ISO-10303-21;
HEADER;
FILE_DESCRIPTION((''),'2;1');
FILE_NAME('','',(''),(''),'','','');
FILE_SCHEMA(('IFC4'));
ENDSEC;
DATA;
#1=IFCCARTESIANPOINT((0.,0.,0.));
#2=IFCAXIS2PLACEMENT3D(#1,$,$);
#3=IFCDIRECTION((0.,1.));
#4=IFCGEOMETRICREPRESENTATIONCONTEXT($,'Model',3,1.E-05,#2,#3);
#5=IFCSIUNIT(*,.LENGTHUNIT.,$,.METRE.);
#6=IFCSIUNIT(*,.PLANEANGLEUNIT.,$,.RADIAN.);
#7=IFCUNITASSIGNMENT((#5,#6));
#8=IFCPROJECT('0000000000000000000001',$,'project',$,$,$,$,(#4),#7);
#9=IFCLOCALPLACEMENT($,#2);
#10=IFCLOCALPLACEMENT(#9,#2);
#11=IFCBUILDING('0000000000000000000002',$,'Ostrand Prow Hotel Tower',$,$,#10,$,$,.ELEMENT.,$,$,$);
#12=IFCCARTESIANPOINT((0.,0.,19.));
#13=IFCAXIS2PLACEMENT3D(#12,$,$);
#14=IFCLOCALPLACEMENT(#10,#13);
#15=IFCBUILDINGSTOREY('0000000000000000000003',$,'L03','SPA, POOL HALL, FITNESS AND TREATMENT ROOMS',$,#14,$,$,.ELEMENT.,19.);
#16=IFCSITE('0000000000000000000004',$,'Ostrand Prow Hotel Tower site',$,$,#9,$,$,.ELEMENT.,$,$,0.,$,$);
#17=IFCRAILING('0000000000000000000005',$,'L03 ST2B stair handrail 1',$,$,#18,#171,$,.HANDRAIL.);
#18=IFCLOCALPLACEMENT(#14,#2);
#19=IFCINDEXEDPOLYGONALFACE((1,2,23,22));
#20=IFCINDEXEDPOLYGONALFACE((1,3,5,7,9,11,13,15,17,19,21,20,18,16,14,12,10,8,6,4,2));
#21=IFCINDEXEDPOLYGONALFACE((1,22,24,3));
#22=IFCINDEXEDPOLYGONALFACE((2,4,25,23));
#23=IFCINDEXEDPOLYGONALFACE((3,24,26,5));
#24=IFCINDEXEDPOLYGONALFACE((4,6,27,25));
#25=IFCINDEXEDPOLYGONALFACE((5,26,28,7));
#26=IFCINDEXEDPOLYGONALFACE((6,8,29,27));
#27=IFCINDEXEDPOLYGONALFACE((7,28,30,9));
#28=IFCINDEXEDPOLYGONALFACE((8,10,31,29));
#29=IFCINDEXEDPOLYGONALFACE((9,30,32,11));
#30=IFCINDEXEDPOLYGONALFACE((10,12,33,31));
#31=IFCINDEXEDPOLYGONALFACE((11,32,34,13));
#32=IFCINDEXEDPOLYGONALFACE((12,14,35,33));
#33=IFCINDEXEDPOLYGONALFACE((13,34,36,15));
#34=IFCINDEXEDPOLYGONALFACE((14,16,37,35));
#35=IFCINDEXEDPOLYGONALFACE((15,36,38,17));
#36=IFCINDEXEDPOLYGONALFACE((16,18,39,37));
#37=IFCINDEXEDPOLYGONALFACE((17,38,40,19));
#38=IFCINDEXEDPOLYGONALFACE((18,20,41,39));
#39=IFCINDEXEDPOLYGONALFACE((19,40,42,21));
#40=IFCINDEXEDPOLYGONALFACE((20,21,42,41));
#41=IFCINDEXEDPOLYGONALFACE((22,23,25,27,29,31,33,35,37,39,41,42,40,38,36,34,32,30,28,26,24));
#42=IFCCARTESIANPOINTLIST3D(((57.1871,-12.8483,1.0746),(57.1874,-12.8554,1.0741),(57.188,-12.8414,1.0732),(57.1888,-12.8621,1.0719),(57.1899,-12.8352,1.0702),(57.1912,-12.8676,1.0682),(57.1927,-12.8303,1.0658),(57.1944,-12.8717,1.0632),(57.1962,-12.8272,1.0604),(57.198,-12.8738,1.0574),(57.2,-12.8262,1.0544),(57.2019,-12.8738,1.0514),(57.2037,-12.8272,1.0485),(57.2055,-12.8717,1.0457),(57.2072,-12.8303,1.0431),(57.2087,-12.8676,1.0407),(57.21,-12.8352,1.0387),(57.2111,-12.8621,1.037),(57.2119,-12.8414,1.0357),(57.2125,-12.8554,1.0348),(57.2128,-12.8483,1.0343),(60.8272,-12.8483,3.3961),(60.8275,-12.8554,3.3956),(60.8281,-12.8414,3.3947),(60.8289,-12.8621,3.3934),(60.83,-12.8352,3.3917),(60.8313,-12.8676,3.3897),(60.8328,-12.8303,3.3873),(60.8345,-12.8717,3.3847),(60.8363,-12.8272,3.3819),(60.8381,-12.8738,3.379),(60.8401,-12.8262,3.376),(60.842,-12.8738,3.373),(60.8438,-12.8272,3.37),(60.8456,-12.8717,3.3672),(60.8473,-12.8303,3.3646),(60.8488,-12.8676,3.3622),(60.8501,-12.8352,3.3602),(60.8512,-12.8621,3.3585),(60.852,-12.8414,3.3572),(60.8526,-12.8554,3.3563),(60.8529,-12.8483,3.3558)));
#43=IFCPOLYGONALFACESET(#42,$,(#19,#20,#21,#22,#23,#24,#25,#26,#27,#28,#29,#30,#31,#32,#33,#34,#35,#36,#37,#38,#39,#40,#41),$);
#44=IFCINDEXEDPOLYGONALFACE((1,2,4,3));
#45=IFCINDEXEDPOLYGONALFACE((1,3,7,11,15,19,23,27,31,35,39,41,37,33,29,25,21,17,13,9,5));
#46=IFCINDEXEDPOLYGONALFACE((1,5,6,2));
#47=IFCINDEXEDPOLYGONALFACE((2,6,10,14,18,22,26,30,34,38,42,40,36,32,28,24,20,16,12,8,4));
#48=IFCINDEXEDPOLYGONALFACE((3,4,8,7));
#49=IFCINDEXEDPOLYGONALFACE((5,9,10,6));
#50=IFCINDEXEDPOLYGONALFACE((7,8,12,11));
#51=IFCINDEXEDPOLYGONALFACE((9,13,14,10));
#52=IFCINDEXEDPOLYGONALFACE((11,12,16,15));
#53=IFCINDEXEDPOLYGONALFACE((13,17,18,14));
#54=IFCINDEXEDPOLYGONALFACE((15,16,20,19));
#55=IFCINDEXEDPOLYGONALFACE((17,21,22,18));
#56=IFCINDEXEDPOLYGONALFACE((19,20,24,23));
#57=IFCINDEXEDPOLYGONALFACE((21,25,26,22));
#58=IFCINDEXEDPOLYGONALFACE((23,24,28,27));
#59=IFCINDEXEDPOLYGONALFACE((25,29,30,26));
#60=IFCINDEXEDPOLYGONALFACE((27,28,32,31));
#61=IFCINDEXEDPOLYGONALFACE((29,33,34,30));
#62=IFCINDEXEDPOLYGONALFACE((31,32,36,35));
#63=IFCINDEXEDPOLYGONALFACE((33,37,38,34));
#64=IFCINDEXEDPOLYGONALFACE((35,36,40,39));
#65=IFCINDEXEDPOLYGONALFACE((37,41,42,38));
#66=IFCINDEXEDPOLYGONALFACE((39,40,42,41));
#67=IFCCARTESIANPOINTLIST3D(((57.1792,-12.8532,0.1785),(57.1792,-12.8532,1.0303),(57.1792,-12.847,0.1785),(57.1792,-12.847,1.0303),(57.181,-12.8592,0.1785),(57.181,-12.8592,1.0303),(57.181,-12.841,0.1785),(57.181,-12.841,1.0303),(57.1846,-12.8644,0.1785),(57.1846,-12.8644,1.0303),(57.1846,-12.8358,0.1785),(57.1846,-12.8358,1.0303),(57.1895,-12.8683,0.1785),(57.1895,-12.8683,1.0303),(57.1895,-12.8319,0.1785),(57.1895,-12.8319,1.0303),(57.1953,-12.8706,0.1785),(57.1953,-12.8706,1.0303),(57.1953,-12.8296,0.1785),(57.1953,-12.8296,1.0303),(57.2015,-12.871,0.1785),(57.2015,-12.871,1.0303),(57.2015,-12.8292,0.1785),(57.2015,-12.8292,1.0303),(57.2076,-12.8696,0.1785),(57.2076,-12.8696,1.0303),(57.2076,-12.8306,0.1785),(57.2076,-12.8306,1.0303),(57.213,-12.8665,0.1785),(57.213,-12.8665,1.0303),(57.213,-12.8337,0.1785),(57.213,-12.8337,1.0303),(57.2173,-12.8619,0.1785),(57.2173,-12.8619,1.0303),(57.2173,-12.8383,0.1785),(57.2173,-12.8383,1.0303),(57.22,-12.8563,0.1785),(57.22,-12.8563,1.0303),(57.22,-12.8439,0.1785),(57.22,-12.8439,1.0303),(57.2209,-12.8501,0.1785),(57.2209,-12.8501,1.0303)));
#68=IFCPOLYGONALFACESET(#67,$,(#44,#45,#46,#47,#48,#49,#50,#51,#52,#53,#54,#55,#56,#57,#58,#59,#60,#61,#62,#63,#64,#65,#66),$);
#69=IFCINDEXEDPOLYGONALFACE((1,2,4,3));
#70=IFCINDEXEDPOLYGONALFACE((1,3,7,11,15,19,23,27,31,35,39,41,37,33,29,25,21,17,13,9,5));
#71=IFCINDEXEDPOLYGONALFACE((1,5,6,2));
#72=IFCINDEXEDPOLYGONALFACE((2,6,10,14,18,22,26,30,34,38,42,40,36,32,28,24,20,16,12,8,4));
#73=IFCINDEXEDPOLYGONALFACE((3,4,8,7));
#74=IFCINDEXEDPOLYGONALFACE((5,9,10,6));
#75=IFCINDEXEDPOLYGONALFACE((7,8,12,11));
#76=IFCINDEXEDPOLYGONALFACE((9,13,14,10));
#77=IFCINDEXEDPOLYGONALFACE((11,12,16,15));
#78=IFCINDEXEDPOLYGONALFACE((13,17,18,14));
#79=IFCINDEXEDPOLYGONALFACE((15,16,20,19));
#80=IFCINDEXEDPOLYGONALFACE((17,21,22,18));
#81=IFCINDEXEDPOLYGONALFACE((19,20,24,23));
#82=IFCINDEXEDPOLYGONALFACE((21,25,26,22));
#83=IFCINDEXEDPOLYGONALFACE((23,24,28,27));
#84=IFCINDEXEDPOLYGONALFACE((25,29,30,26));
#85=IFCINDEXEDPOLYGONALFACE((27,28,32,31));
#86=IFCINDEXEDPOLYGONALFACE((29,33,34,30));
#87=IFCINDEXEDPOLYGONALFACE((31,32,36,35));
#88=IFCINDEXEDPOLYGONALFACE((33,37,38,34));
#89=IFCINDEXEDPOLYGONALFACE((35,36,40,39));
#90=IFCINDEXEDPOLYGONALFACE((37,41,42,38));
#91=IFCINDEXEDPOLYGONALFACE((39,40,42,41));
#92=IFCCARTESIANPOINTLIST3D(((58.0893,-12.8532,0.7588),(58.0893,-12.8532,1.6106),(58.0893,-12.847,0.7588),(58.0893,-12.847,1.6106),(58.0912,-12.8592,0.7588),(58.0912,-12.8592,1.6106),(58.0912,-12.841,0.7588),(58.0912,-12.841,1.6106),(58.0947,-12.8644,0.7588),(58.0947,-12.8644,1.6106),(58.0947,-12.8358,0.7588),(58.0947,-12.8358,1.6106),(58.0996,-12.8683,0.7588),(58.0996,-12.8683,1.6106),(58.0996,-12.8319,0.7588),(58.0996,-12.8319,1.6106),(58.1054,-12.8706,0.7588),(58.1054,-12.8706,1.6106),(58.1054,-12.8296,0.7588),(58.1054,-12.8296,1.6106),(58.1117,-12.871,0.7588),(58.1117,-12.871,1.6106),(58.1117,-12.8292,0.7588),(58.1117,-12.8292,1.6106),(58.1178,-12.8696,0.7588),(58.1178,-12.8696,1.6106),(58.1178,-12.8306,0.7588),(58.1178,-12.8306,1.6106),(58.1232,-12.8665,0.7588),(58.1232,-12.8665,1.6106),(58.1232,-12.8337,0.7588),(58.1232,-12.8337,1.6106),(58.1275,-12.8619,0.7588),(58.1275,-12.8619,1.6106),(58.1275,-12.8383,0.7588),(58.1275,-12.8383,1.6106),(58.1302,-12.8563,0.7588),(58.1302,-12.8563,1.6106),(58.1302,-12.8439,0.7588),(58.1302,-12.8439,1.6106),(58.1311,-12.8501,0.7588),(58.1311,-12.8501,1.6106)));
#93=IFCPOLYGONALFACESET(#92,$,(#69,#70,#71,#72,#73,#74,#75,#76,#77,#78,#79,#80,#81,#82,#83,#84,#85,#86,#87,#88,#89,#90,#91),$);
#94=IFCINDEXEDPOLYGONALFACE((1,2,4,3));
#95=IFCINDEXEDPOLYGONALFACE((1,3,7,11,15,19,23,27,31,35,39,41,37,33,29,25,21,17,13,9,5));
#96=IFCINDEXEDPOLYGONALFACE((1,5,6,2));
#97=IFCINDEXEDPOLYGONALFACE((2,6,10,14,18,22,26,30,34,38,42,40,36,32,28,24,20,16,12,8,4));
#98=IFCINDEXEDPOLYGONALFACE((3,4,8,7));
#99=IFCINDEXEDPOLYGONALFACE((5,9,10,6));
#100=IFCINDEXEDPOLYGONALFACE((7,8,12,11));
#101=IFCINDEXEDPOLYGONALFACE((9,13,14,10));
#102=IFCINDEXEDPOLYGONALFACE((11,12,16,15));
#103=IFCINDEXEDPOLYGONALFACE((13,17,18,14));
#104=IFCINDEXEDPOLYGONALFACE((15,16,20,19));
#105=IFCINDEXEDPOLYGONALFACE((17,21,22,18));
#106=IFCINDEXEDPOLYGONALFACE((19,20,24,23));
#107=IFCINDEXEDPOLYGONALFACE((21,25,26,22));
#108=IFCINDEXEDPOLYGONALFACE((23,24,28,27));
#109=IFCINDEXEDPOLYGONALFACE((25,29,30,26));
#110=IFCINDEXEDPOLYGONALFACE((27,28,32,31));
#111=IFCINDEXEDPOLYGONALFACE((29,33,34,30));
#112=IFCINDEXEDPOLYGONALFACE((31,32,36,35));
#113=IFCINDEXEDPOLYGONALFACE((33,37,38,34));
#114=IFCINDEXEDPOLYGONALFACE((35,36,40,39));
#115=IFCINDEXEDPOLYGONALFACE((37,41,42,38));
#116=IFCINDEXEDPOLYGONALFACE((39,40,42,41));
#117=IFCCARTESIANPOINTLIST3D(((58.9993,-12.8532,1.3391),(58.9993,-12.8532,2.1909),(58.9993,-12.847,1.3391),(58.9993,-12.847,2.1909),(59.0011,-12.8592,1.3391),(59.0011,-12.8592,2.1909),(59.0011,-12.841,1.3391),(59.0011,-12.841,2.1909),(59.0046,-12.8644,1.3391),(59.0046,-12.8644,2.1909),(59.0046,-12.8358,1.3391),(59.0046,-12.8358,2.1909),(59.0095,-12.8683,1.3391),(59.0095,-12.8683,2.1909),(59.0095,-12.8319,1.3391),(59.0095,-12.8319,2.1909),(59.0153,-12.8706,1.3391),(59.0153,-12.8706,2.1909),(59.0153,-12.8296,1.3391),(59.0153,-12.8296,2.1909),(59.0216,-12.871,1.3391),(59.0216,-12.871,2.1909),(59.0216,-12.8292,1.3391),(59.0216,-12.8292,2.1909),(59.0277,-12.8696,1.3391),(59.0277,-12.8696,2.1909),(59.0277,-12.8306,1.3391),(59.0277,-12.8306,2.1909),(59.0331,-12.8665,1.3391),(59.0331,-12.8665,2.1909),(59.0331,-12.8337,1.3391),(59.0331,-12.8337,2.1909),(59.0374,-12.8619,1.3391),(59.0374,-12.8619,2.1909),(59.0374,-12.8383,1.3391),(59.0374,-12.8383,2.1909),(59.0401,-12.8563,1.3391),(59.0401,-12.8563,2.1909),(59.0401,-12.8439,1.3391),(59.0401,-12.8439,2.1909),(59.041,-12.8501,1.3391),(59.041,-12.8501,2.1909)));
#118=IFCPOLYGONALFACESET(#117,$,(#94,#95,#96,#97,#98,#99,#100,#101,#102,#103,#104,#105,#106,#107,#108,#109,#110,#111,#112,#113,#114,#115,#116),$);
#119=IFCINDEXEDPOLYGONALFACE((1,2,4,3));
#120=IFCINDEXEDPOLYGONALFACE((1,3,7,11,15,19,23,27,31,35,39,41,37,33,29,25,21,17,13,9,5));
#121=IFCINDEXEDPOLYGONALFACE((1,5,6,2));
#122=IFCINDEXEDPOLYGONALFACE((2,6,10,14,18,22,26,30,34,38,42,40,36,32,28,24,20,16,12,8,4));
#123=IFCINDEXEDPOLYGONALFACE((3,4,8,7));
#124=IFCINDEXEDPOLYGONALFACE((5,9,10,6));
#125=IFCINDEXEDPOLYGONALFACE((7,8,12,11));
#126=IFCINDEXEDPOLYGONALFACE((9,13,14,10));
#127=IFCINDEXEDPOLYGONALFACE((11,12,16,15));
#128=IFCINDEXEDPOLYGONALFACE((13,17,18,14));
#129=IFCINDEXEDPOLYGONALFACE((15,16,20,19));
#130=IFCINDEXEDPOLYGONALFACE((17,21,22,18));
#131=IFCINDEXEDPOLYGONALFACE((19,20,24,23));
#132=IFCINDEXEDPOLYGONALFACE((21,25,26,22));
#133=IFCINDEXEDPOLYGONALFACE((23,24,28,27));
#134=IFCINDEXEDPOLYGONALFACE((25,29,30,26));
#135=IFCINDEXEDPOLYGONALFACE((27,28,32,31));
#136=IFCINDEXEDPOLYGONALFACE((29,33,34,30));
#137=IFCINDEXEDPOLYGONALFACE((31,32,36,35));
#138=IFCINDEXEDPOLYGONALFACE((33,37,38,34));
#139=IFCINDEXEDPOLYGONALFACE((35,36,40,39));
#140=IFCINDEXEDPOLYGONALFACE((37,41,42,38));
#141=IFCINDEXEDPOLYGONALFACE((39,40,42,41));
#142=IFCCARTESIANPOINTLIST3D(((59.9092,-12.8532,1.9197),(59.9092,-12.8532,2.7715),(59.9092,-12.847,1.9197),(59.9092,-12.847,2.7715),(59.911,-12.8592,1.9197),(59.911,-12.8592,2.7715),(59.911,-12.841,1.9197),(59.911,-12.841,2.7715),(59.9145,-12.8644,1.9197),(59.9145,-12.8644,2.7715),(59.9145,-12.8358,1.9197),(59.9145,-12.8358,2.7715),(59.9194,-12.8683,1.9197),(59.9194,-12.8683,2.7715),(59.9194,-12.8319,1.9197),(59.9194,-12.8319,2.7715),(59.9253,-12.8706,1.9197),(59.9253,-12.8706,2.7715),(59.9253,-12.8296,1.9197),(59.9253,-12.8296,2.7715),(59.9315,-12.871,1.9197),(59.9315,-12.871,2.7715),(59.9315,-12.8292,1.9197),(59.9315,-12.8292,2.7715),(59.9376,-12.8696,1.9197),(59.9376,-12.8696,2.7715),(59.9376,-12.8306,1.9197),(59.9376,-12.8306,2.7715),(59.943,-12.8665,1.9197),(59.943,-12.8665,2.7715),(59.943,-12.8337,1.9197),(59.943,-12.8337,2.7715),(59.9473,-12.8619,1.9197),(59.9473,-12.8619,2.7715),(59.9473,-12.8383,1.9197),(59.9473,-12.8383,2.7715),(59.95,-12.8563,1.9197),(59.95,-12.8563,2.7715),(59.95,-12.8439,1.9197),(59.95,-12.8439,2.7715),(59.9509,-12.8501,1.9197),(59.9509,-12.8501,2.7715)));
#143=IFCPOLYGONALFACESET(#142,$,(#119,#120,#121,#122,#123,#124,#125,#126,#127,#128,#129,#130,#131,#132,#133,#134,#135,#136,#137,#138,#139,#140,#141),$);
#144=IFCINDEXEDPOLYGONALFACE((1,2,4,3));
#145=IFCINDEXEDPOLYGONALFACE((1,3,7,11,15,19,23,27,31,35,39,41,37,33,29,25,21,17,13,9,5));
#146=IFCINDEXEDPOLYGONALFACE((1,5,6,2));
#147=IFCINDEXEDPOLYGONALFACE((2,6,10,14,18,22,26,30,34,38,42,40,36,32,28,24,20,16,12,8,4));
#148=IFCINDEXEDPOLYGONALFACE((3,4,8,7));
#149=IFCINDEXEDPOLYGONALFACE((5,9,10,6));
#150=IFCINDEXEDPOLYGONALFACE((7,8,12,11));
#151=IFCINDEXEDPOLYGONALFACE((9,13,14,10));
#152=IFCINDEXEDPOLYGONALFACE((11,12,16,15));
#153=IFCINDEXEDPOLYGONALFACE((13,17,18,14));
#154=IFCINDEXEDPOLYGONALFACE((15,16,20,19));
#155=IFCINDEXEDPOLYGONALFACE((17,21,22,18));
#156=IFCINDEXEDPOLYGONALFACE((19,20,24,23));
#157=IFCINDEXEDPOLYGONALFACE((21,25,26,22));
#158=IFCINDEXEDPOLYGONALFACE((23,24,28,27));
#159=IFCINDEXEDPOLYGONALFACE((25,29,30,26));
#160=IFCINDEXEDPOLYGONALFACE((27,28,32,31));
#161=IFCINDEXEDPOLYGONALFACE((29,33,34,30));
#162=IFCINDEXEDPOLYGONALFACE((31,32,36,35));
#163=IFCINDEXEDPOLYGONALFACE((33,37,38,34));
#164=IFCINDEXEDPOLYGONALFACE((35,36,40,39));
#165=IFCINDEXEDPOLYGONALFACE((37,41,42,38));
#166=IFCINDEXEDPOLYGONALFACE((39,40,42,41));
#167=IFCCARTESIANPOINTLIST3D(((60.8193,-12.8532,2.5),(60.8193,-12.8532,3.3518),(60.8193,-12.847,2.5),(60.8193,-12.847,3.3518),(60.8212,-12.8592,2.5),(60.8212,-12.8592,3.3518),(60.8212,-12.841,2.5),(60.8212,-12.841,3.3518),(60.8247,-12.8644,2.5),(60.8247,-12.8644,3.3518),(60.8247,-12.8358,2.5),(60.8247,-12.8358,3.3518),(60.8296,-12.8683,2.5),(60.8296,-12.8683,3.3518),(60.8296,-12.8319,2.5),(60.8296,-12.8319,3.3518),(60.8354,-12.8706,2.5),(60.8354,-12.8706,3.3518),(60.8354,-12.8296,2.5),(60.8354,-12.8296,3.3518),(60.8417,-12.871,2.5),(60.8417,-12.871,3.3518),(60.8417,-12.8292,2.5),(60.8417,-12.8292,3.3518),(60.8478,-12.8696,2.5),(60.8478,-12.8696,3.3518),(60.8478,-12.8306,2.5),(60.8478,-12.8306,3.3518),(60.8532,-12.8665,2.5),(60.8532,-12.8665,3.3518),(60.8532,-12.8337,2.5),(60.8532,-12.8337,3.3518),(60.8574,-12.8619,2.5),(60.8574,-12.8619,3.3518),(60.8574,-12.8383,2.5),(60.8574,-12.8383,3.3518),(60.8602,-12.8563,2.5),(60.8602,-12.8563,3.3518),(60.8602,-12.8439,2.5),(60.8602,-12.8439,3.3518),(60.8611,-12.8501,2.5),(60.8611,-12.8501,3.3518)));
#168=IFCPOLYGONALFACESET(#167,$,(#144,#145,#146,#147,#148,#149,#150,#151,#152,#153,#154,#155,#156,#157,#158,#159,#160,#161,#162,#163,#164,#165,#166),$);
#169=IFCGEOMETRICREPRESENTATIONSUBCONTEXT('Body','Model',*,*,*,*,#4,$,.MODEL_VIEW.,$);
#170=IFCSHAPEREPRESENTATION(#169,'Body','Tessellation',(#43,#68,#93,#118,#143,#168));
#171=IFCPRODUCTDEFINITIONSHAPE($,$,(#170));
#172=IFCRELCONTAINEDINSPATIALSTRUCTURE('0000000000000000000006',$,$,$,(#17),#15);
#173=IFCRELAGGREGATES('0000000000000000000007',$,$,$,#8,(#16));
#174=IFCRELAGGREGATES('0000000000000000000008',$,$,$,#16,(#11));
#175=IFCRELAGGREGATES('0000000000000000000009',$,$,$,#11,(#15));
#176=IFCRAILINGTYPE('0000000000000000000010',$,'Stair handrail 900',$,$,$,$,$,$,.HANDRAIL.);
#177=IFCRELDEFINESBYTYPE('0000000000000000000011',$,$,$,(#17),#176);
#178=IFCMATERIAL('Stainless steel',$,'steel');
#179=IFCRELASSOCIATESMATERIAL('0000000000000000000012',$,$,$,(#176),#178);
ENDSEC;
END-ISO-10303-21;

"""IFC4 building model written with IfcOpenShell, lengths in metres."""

from ifc_helpers import new_model, si_unit, direction, frame, origin, origin_2d, place, context, subcontext, project, spatial, circle, extrude, material, type_object, element, save


model = new_model("IFC4")

# Units and contexts
model_context = context("Model", 3, precision=1e-05, world=origin(), true_north=direction((0.0, 1.0)))
body_context = subcontext(model_context, "Body", "Model", "MODEL_VIEW")
ifc_project = project(units=[si_unit("LENGTHUNIT", "METRE"), si_unit("PLANEANGLEUNIT", "RADIAN")], contexts=[model_context])

# Site, building, storey
site_placement = place(None, origin())
site = spatial("IfcSite", under=ifc_project, at=site_placement, Name="Ostrand Prow Hotel Tower site", CompositionType="ELEMENT", RefElevation=0.0)
building_placement = place(site_placement, origin())
building = spatial("IfcBuilding", under=site, at=building_placement, Name="Ostrand Prow Hotel Tower", CompositionType="ELEMENT")
storey_placement = place(building_placement, frame((0.0, 0.0, 19.0)))
storey = spatial("IfcBuildingStorey", under=building, at=storey_placement, Name="L03", Description="SPA, POOL HALL, FITNESS AND TREATMENT ROOMS", CompositionType="ELEMENT", Elevation=19.0)

# Railing
ifc_material_1 = material(Name="Stainless steel", Category="steel")
railing_type_1 = type_object("IfcRailingType", Name="Stair handrail 900", PredefinedType="HANDRAIL", material=ifc_material_1)
railing_1_placement = place(storey_placement, frame((57.2, -12.8501, 0.1785)))
element("IfcRailing", 1, at=railing_1_placement, inside=storey, type_object=railing_type_1, Name="L03 ST2B stair handrail 1", PredefinedType="HANDRAIL", context=body_context, shape_type="SweptSolid", body=[
    extrude(circle(Radius=0.0239, at=origin_2d()), frame((0.0, 0.0, 0.876), z_axis=(0.843128, 0.0, 0.537713), x_axis=(0.0, 1.0, 0.0)), (0.0, 0.0, 1.0), 4.3174),
    extrude(circle(Radius=0.021, at=origin_2d()), origin(), (0.0, 0.0, 1.0), 0.8518),
    extrude(circle(Radius=0.021, at=origin_2d()), frame((0.9102, 0.0, 0.5803)), (0.0, 0.0, 1.0), 0.8518),
    extrude(circle(Radius=0.021, at=origin_2d()), frame((1.8201, 0.0, 1.1606)), (0.0, 0.0, 1.0), 0.8518),
    extrude(circle(Radius=0.021, at=origin_2d()), frame((2.73, 0.0, 1.7412)), (0.0, 0.0, 1.0), 0.8518),
    extrude(circle(Radius=0.021, at=origin_2d()), frame((3.6401, 0.0, 2.3215)), (0.0, 0.0, 1.0), 0.8518),
])

save(model, "model.ifc")
